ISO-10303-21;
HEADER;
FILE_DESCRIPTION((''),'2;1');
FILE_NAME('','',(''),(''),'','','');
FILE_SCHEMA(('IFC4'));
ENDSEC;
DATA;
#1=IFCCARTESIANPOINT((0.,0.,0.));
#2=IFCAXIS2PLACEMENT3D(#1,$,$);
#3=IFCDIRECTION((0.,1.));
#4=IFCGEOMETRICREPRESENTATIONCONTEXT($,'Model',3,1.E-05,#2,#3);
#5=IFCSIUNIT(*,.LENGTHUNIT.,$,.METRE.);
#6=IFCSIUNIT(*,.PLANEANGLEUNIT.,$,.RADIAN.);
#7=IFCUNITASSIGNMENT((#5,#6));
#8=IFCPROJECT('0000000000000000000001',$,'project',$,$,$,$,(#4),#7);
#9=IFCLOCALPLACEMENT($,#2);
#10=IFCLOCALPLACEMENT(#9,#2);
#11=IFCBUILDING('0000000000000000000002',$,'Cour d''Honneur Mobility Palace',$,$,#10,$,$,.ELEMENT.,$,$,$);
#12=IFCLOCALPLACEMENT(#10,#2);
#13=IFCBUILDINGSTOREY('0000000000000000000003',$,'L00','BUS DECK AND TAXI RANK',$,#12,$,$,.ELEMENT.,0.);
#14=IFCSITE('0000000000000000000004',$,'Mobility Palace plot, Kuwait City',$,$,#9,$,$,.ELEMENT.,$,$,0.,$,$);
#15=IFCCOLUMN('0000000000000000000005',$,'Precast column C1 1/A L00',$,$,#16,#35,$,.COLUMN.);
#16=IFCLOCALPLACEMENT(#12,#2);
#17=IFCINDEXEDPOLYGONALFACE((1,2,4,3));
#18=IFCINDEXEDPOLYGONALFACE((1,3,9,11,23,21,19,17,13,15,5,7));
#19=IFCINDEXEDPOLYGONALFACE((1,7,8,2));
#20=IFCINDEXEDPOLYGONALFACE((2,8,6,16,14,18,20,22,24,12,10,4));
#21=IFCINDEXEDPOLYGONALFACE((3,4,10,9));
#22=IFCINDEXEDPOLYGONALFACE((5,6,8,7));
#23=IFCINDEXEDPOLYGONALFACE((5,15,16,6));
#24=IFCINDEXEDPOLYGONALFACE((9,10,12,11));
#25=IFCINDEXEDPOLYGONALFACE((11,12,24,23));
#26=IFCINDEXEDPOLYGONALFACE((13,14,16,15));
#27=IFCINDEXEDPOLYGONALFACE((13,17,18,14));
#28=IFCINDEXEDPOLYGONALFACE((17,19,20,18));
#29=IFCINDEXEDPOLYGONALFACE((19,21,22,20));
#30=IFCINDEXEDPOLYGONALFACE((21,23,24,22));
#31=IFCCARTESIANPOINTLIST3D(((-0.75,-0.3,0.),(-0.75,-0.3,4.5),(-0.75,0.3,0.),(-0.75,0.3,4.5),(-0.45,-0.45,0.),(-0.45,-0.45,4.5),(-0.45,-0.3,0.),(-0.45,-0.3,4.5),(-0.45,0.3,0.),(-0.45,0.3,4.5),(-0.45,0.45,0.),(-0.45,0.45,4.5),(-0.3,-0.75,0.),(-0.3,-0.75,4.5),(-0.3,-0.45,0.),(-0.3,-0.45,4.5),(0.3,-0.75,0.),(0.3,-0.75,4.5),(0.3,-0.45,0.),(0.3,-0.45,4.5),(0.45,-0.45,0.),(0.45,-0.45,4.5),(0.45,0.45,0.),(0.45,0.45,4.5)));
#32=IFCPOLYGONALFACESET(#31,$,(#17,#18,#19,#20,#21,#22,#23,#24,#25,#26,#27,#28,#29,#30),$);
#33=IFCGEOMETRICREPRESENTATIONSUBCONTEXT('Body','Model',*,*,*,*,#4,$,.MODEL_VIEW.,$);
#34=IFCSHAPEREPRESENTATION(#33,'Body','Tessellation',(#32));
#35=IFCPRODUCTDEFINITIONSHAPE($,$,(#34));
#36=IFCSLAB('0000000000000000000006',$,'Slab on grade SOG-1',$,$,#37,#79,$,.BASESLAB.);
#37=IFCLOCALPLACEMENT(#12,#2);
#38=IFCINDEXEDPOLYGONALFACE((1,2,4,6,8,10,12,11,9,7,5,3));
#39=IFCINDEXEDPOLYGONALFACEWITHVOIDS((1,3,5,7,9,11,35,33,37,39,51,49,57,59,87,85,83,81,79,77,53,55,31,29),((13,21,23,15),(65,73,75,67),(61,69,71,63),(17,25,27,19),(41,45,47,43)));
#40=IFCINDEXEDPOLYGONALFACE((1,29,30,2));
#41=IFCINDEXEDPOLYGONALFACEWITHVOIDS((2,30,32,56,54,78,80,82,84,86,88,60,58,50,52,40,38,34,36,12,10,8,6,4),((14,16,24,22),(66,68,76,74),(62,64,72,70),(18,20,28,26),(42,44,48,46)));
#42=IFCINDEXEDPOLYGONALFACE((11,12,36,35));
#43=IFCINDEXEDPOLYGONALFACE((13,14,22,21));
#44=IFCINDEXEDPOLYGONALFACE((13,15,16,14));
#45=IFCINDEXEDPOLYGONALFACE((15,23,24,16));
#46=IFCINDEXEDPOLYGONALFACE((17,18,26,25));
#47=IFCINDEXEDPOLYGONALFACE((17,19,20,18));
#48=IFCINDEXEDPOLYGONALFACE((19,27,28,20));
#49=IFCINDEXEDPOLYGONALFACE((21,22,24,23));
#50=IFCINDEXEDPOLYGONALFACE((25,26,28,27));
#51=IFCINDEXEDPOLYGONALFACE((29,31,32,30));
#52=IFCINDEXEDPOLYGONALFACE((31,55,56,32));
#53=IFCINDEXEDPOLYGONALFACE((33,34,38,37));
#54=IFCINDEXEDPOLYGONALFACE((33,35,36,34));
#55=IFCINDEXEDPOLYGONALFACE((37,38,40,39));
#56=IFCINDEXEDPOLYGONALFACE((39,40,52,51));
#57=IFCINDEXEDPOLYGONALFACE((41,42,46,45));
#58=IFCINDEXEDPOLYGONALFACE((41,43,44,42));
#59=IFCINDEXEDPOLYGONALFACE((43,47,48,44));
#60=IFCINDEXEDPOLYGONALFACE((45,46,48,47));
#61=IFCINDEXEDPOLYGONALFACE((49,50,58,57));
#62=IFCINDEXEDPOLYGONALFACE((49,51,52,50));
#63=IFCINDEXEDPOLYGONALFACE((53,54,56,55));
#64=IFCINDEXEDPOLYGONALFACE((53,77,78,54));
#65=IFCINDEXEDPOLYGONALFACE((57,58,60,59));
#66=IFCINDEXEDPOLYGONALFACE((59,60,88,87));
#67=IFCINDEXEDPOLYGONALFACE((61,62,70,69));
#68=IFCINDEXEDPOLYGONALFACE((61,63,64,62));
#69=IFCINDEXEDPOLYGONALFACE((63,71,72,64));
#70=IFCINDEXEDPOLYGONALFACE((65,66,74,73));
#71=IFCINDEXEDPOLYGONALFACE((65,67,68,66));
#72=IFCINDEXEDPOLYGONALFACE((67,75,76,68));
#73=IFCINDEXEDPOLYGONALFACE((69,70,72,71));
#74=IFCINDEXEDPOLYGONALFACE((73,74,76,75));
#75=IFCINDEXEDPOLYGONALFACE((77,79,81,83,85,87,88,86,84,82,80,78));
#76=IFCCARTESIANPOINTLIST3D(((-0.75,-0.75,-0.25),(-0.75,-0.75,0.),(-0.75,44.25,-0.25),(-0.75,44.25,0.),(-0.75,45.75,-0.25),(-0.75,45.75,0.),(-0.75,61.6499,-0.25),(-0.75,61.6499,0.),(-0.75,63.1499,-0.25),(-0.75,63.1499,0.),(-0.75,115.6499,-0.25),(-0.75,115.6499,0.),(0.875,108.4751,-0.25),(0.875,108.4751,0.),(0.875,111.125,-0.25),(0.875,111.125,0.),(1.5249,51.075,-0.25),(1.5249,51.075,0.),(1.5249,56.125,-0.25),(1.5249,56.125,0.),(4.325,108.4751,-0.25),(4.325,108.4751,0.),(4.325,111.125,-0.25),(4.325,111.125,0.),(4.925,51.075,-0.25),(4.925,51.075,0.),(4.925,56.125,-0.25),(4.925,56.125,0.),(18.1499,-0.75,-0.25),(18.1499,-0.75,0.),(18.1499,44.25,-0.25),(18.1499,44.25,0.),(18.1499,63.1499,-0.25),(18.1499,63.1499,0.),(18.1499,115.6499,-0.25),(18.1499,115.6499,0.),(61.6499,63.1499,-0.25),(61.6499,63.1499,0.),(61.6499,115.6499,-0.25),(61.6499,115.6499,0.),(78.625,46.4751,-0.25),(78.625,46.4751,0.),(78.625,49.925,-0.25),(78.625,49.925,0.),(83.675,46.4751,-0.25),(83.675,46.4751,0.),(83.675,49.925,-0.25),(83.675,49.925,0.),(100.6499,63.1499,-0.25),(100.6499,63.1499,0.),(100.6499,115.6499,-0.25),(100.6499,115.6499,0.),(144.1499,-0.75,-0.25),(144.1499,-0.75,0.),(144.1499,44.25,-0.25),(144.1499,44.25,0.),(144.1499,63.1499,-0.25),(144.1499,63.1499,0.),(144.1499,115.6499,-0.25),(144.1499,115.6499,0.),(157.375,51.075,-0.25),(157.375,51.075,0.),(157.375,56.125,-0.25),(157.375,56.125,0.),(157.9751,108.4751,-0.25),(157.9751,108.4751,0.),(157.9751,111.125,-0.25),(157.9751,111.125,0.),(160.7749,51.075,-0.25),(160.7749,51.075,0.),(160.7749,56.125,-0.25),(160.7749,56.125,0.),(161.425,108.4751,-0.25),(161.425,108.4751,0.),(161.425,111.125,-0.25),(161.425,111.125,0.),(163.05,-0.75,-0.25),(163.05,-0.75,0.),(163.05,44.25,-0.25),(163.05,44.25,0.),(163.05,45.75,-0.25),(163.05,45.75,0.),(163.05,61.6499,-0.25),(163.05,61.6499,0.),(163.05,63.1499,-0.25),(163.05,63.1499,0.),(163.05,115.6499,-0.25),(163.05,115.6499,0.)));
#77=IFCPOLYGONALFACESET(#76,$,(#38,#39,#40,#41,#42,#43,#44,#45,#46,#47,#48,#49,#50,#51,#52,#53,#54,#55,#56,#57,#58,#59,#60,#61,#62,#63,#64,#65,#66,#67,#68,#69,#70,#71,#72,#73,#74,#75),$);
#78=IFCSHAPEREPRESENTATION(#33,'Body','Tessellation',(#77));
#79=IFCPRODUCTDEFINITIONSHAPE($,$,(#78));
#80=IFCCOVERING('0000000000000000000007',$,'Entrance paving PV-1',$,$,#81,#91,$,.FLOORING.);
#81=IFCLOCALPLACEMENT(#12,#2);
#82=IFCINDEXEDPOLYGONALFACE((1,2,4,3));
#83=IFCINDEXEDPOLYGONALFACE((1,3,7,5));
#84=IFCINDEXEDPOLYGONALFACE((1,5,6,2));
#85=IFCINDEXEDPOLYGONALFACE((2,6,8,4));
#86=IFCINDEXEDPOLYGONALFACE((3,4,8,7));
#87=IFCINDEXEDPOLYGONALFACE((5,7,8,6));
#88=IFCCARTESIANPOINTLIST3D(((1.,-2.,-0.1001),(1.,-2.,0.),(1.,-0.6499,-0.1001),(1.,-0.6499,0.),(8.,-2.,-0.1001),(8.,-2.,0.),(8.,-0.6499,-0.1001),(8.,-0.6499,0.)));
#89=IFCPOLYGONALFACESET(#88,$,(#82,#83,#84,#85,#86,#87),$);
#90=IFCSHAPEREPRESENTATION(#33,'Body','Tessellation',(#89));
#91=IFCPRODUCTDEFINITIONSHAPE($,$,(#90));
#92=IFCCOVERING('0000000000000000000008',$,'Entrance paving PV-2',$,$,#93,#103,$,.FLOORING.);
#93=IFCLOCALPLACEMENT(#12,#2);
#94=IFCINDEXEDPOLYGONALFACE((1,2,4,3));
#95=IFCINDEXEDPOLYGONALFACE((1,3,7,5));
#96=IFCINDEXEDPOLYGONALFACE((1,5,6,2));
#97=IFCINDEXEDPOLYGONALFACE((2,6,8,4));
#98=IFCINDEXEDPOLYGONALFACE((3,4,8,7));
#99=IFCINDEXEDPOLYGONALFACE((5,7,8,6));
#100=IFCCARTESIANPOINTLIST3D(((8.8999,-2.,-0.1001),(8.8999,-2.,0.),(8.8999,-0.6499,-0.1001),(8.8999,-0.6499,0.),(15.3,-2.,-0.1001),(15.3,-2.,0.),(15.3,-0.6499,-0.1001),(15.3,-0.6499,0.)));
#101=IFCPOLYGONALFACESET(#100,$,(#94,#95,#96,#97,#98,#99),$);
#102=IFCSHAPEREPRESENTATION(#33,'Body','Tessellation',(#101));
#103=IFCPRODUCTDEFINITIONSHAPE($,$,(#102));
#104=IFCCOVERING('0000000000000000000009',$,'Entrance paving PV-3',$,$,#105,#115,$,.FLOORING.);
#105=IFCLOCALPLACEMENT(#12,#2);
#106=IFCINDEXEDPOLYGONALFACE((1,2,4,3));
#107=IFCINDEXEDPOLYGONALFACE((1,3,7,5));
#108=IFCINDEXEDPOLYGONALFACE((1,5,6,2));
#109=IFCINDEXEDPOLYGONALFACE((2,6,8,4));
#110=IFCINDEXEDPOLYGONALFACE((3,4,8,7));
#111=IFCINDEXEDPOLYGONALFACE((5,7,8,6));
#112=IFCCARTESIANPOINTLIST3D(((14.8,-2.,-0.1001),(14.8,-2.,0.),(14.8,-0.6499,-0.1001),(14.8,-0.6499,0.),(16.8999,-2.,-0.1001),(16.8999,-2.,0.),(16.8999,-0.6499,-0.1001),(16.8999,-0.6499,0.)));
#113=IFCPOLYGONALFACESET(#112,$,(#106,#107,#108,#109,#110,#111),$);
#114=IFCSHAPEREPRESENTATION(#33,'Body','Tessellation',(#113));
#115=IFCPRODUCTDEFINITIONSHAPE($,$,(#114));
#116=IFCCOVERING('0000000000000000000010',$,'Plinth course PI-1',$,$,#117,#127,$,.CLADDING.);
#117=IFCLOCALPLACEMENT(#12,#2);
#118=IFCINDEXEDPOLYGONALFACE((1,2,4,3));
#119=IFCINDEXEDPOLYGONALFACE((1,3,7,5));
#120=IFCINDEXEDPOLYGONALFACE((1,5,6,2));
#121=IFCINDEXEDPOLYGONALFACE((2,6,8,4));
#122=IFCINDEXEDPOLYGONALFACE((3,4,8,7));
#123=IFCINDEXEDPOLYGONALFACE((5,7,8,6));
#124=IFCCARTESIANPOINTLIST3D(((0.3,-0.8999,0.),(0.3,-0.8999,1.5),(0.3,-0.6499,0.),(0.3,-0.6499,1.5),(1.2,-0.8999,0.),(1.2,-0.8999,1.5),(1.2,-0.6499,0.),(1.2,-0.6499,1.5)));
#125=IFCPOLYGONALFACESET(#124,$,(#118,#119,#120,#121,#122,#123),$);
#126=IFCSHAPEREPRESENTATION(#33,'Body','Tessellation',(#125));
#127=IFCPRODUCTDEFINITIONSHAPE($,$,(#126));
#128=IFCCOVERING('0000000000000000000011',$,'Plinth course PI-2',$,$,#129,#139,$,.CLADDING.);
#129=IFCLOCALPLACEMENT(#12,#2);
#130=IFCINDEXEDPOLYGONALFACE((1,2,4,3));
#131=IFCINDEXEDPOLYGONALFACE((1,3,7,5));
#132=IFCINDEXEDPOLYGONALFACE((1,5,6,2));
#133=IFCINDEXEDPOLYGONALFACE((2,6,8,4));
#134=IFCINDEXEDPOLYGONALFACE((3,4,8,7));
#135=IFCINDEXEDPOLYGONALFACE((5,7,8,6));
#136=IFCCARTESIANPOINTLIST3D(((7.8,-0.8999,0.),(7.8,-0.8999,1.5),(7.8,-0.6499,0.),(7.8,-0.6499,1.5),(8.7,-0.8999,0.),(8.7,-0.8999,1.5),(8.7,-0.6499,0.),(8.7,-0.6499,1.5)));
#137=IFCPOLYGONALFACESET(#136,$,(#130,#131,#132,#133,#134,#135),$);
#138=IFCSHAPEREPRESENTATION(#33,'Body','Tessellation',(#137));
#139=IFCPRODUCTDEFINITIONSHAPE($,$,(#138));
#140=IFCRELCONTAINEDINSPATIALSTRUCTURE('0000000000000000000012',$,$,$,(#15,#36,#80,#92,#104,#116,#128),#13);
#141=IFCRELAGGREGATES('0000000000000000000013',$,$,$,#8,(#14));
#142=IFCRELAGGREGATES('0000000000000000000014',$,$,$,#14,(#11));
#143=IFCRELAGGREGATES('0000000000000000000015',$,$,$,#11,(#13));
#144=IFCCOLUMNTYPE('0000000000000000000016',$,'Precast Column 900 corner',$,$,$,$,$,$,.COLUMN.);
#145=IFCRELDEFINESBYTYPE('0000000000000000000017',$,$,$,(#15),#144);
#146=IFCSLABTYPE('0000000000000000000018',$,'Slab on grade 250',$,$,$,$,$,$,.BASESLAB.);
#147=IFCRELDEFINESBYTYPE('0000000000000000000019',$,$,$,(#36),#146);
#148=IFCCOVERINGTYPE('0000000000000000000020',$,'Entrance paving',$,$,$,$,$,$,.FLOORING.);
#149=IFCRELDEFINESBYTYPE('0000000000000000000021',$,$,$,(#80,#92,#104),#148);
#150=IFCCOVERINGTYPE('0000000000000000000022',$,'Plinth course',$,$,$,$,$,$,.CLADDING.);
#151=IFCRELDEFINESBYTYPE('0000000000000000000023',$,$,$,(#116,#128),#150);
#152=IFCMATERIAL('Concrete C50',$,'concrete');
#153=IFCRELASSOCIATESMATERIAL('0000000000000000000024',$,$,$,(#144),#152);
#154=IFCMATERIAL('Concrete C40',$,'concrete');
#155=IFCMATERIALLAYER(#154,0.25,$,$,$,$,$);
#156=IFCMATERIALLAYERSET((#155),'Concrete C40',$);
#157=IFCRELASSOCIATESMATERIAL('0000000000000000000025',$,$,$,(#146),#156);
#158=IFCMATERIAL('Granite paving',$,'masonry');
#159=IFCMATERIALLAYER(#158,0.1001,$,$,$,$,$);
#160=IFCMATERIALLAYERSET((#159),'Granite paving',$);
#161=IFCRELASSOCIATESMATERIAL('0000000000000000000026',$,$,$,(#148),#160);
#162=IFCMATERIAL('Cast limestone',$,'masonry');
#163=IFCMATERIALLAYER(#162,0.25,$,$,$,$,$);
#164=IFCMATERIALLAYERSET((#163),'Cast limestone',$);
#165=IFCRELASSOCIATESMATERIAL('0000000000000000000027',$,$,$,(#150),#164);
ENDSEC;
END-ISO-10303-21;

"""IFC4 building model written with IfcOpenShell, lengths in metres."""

from ifc_helpers import new_model, si_unit, direction, frame, origin, place, context, subcontext, project, spatial, polyline, outline, extrude, material, layer, layer_set, material_profile, profile_set, type_object, element, save


model = new_model("IFC4")

# Units and contexts
model_context = context("Model", 3, precision=1e-05, world=origin(), true_north=direction((0.0, 1.0)))
body_context = subcontext(model_context, "Body", "Model", "MODEL_VIEW")
ifc_project = project(units=[si_unit("LENGTHUNIT", "METRE"), si_unit("PLANEANGLEUNIT", "RADIAN")], contexts=[model_context])

# Site, building, storey
site_placement = place(None, origin())
site = spatial("IfcSite", under=ifc_project, at=site_placement, Name="Mobility Palace plot, Kuwait City", CompositionType="ELEMENT", RefElevation=0.0)
building_placement = place(site_placement, origin())
building = spatial("IfcBuilding", under=site, at=building_placement, Name="Cour d'Honneur Mobility Palace", CompositionType="ELEMENT")
storey_placement = place(building_placement, origin())
storey = spatial("IfcBuildingStorey", under=building, at=storey_placement, Name="L00", Description="BUS DECK AND TAXI RANK", CompositionType="ELEMENT", Elevation=0.0)

# Column
ifc_material_1 = material(Name="Concrete C50", Category="concrete")
ifc_material_profile = material_profile(ifc_material_1, outline(polyline([(-0.45, -0.45), (0.45, -0.45), (0.45, -0.3), (0.75, -0.3), (0.75, 0.3), (0.45, 0.3), (0.45, 0.45), (0.3, 0.45), (0.3, 0.75), (-0.3, 0.75), (-0.3, 0.45), (-0.45, 0.45), (-0.45, -0.45)])), Name="PC C900 corner")
ifc_profile_set = profile_set([ifc_material_profile], Name="Concrete C50")
column_type = type_object("IfcColumnType", Name="Precast Column 900 corner", PredefinedType="COLUMN", material=ifc_profile_set)
column_placement = place(storey_placement, frame((0.0, 0.0, 0.0), z_axis=(0.0, 0.0, 1.0), x_axis=(-1.0, 0.0, 0.0)))
element("IfcColumn", 1, at=column_placement, inside=storey, type_object=column_type, Name="Precast column C1 1/A L00", PredefinedType="COLUMN", context=body_context, shape_type="SweptSolid", body=[
    extrude(outline(polyline([(-0.45, -0.45), (0.45, -0.45), (0.45, -0.3), (0.75, -0.3), (0.75, 0.3), (0.45, 0.3), (0.45, 0.45), (0.3, 0.45), (0.3, 0.75), (-0.3, 0.75), (-0.3, 0.45), (-0.45, 0.45), (-0.45, -0.45)])), origin(), (0.0, 0.0, 1.0), 4.5),
])

# Slab
ifc_material_2 = material(Name="Concrete C40", Category="concrete")
ifc_layer_1 = layer(ifc_material_2, 0.25)
ifc_layer_set_1 = layer_set([ifc_layer_1], Name="Concrete C40")
slab_type = type_object("IfcSlabType", Name="Slab on grade 250", PredefinedType="BASESLAB", material=ifc_layer_set_1)
slab_placement = place(storey_placement, frame((0.0, 0.0, -0.25)))
element("IfcSlab", 2, at=slab_placement, inside=storey, type_object=slab_type, Name="Slab on grade SOG-1", PredefinedType="BASESLAB", context=body_context, shape_type="SweptSolid", body=[
    extrude(outline(polyline([(-0.75, 45.75), (-0.75, 61.6499), (-0.75, 63.1499), (-0.75, 115.6499), (18.1499, 115.6499), (18.1499, 63.1499), (61.6499, 63.1499), (61.6499, 115.6499), (100.6499, 115.6499), (100.6499, 63.1499), (144.1499, 63.1499), (144.1499, 115.6499), (163.05, 115.6499), (163.05, 63.1499), (163.05, 61.6499), (163.05, 45.75), (163.05, 44.25), (163.05, -0.75), (144.1499, -0.75), (144.1499, 44.25), (18.1499, 44.25), (18.1499, -0.75), (-0.75, -0.75), (-0.75, 44.25), (-0.75, 45.75)]), holes=[polyline([(78.625, 49.925), (83.675, 49.925), (83.675, 46.4751), (78.625, 46.4751), (78.625, 49.925)]), polyline([(1.5249, 56.125), (4.925, 56.125), (4.925, 51.075), (1.5249, 51.075), (1.5249, 56.125)]), polyline([(157.375, 56.125), (160.7749, 56.125), (160.7749, 51.075), (157.375, 51.075), (157.375, 56.125)]), polyline([(4.325, 111.125), (4.325, 108.4751), (0.875, 108.4751), (0.875, 111.125), (4.325, 111.125)]), polyline([(161.425, 111.125), (161.425, 108.4751), (157.9751, 108.4751), (157.9751, 111.125), (161.425, 111.125)])]), origin(), (0.0, 0.0, 1.0), 0.25),
])

# Coverings
ifc_material_3 = material(Name="Granite paving", Category="masonry")
ifc_layer_2 = layer(ifc_material_3, 0.1001)
ifc_layer_set_2 = layer_set([ifc_layer_2], Name="Granite paving")
covering_type_1 = type_object("IfcCoveringType", Name="Entrance paving", PredefinedType="FLOORING", material=ifc_layer_set_2)
covering_1_placement = place(storey_placement, frame((0.0, 0.0, -0.1001)))
element("IfcCovering", 3, at=covering_1_placement, inside=storey, type_object=covering_type_1, Name="Entrance paving PV-1", PredefinedType="FLOORING", context=body_context, shape_type="SweptSolid", body=[
    extrude(outline(polyline([(1.0, -0.6499), (8.0, -0.6499), (8.0, -2.0), (1.0, -2.0), (1.0, -0.6499)])), origin(), (0.0, 0.0, 1.0), 0.1001),
])
covering_2_placement = place(storey_placement, frame((0.0, 0.0, -0.1001)))
element("IfcCovering", 4, at=covering_2_placement, inside=storey, type_object=covering_type_1, Name="Entrance paving PV-2", PredefinedType="FLOORING", context=body_context, shape_type="SweptSolid", body=[
    extrude(outline(polyline([(8.8999, -0.6499), (15.3, -0.6499), (15.3, -2.0), (8.8999, -2.0), (8.8999, -0.6499)])), origin(), (0.0, 0.0, 1.0), 0.1001),
])
covering_3_placement = place(storey_placement, frame((0.0, 0.0, -0.1001)))
element("IfcCovering", 5, at=covering_3_placement, inside=storey, type_object=covering_type_1, Name="Entrance paving PV-3", PredefinedType="FLOORING", context=body_context, shape_type="SweptSolid", body=[
    extrude(outline(polyline([(14.8, -0.6499), (16.8999, -0.6499), (16.8999, -2.0), (14.8, -2.0), (14.8, -0.6499)])), origin(), (0.0, 0.0, 1.0), 0.1001),
])
ifc_material_4 = material(Name="Cast limestone", Category="masonry")
ifc_layer_3 = layer(ifc_material_4, 0.25)
ifc_layer_set_3 = layer_set([ifc_layer_3], Name="Cast limestone")
covering_type_2 = type_object("IfcCoveringType", Name="Plinth course", PredefinedType="CLADDING", material=ifc_layer_set_3)
covering_4_placement = place(storey_placement, origin())
element("IfcCovering", 6, at=covering_4_placement, inside=storey, type_object=covering_type_2, Name="Plinth course PI-1", PredefinedType="CLADDING", context=body_context, shape_type="SweptSolid", body=[
    extrude(outline(polyline([(0.3, -0.6499), (1.2, -0.6499), (1.2, -0.8999), (0.3, -0.8999), (0.3, -0.6499)])), origin(), (0.0, 0.0, 1.0), 1.5),
])
covering_5_placement = place(storey_placement, origin())
element("IfcCovering", 7, at=covering_5_placement, inside=storey, type_object=covering_type_2, Name="Plinth course PI-2", PredefinedType="CLADDING", context=body_context, shape_type="SweptSolid", body=[
    extrude(outline(polyline([(7.8, -0.6499), (8.7, -0.6499), (8.7, -0.8999), (7.8, -0.8999), (7.8, -0.6499)])), origin(), (0.0, 0.0, 1.0), 1.5),
])

save(model, "model.ifc")
